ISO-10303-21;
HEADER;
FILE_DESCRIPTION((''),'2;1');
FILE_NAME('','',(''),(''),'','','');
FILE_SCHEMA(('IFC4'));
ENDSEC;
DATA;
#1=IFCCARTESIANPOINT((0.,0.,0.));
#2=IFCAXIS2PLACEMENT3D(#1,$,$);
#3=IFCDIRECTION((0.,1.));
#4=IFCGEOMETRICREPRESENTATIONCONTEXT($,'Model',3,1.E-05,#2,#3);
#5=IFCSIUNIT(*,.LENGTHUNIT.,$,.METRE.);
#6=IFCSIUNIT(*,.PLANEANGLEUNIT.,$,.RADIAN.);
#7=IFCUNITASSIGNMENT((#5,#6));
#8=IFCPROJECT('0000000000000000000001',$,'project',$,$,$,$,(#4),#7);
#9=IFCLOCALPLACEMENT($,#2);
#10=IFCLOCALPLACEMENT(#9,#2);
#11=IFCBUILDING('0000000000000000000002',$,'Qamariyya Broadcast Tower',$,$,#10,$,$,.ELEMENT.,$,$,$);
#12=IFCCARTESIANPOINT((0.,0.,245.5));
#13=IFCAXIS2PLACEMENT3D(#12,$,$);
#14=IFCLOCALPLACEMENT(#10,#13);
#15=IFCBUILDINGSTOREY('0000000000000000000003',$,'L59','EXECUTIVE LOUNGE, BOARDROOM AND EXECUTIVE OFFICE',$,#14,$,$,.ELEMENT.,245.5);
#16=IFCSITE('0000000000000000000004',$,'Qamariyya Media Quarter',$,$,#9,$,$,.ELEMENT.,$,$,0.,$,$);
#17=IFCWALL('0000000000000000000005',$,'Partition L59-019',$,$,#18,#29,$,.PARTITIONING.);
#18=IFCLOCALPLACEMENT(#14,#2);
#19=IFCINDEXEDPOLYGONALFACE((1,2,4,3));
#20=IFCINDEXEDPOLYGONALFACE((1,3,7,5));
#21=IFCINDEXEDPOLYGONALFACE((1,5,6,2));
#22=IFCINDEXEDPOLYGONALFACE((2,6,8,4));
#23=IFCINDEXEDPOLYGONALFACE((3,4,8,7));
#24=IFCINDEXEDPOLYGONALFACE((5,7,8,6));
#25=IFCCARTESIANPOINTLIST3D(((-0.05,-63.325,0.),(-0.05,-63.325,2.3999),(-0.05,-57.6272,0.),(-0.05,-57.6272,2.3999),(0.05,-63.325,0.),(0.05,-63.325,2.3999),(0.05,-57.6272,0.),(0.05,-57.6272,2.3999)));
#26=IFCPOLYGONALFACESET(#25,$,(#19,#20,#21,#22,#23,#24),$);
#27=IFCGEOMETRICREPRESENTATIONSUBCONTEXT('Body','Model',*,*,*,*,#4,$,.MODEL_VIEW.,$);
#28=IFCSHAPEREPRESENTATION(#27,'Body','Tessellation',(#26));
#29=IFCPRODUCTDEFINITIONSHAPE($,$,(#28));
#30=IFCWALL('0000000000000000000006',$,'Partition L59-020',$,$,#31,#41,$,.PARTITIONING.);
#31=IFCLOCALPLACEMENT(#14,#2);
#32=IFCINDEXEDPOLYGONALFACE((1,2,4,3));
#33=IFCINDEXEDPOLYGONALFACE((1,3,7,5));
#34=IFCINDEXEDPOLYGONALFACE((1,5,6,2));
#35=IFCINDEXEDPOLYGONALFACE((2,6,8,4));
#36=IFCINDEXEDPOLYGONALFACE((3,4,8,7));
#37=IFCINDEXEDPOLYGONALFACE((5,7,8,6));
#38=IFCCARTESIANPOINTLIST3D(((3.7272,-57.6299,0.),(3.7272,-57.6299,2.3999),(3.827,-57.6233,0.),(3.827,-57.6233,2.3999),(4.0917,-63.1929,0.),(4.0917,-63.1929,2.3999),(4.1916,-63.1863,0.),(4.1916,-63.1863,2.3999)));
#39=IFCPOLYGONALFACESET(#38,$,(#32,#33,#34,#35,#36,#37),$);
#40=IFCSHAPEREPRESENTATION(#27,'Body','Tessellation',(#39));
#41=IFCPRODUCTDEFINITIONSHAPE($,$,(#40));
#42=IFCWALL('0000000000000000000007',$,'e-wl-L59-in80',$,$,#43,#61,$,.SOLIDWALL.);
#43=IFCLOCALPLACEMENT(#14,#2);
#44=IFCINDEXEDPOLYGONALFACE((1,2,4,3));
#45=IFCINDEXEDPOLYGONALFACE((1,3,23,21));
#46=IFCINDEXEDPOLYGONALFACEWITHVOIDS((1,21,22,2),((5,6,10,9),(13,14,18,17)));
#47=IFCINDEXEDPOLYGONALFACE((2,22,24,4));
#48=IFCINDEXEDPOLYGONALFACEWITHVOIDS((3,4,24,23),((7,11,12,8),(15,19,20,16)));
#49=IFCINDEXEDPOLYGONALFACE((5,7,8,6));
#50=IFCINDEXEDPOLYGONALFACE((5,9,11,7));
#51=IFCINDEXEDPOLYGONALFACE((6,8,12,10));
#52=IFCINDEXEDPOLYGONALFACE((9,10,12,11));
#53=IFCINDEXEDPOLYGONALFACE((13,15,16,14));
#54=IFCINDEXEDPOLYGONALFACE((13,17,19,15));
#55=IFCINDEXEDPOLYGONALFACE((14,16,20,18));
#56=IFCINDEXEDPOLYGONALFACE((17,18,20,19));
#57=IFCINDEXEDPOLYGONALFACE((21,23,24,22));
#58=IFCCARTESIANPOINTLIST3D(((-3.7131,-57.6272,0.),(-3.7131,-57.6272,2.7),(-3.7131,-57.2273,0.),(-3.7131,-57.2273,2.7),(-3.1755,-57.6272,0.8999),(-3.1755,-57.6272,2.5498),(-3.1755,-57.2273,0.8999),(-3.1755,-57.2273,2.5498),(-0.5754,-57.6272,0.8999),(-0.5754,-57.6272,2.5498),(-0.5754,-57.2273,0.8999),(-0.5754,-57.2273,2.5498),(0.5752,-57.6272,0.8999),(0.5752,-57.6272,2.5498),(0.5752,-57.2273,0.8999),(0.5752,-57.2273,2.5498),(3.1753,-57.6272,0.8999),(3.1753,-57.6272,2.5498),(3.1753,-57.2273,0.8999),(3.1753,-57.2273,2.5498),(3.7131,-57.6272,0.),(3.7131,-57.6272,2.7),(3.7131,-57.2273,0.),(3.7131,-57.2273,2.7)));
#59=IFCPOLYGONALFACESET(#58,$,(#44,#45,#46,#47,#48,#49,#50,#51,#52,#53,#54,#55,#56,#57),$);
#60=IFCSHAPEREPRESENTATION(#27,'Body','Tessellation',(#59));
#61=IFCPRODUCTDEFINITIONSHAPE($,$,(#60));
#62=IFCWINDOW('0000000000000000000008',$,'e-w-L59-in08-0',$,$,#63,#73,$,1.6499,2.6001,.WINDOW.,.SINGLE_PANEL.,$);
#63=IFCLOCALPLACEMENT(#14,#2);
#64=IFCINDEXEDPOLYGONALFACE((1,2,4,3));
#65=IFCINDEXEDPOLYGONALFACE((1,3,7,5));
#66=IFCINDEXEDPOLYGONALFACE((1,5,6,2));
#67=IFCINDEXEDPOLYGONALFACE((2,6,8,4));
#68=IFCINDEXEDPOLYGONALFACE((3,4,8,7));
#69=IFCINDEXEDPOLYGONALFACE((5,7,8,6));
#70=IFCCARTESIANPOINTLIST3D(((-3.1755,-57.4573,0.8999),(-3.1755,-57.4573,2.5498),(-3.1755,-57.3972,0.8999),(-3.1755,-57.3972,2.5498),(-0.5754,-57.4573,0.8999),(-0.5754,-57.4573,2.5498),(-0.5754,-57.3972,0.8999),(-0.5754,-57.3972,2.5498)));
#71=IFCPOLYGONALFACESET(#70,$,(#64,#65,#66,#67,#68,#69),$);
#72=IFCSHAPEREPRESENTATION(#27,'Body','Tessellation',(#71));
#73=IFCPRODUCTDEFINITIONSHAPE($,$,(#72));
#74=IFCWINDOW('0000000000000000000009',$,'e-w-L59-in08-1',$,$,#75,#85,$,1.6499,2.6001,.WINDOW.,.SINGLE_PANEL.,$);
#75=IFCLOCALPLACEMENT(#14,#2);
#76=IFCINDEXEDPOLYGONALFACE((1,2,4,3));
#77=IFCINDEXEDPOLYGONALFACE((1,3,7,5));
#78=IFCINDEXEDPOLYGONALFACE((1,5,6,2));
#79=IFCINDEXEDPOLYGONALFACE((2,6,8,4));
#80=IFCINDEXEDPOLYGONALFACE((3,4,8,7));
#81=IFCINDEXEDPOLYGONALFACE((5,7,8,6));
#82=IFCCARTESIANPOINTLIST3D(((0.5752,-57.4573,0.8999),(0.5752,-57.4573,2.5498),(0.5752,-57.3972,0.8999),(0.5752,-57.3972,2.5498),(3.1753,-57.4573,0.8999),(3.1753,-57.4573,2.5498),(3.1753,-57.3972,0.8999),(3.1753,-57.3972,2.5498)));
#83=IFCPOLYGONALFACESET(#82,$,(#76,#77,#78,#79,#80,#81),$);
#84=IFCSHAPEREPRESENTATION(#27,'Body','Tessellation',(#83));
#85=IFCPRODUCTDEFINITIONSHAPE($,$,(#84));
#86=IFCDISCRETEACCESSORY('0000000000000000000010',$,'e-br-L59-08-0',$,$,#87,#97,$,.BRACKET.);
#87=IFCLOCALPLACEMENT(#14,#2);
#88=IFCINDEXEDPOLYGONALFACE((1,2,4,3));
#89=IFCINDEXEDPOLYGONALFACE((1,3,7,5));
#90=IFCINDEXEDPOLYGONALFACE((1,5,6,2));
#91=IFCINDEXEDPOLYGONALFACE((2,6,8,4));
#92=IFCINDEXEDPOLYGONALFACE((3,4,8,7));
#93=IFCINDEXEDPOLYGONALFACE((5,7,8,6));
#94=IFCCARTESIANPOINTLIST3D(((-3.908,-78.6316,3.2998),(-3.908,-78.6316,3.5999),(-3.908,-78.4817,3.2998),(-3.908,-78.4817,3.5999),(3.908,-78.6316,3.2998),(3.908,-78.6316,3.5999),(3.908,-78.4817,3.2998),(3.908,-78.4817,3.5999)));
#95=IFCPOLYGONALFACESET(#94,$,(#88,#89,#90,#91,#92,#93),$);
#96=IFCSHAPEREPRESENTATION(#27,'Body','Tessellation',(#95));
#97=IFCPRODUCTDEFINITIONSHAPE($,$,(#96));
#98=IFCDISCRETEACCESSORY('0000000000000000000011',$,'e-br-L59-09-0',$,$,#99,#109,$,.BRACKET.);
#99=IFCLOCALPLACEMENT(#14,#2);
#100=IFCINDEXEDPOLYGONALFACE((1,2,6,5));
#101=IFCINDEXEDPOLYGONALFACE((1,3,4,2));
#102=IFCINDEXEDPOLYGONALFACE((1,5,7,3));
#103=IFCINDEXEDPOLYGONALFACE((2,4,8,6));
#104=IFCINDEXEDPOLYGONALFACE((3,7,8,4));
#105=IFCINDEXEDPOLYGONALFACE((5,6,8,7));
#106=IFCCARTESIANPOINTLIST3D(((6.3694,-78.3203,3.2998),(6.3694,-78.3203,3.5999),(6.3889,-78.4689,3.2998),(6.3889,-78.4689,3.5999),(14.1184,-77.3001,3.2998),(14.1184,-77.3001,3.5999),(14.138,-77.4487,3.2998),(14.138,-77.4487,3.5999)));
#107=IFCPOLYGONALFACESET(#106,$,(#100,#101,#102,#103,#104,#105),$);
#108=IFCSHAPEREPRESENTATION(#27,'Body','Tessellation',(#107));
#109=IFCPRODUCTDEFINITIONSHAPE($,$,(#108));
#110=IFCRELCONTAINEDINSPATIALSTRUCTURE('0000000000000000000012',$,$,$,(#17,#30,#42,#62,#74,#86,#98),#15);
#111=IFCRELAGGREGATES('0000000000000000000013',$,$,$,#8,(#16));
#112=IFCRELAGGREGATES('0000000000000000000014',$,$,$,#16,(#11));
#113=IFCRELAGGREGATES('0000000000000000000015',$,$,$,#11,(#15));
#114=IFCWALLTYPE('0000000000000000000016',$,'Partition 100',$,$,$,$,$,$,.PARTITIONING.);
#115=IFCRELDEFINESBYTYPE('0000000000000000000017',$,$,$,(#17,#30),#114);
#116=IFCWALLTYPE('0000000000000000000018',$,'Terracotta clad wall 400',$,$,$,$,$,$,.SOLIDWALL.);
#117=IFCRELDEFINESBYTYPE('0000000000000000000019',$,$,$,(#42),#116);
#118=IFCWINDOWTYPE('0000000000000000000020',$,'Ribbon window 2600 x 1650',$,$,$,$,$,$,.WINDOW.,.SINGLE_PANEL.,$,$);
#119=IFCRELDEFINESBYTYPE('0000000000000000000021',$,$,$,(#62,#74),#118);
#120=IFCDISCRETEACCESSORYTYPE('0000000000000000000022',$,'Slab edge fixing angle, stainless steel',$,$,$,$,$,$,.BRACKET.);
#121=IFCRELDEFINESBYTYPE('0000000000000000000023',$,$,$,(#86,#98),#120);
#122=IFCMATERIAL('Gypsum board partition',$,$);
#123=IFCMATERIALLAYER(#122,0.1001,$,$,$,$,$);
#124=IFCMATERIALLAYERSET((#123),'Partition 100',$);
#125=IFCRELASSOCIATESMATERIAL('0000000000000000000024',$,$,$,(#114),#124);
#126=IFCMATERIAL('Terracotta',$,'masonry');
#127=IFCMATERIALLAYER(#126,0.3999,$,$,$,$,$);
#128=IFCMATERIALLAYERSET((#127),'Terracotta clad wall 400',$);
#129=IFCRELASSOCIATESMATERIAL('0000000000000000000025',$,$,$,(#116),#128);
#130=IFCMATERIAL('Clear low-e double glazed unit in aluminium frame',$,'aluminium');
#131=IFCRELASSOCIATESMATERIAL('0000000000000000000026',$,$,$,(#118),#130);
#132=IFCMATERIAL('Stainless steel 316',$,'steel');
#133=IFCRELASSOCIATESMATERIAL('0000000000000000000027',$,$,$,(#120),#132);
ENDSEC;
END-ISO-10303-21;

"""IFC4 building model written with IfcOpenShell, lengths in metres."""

from ifc_helpers import new_model, si_unit, direction, frame, frame_2d, origin, origin_2d, place, context, subcontext, project, spatial, rectangle, extrude, material, layer, layer_set, type_object, element, fill, save


model = new_model("IFC4")

# Units and contexts
model_context = context("Model", 3, precision=1e-05, world=origin(), true_north=direction((0.0, 1.0)))
body_context = subcontext(model_context, "Body", "Model", "MODEL_VIEW")
ifc_project = project(units=[si_unit("LENGTHUNIT", "METRE"), si_unit("PLANEANGLEUNIT", "RADIAN")], contexts=[model_context])

# Site, building, storey
site_placement = place(None, origin())
site = spatial("IfcSite", under=ifc_project, at=site_placement, Name="Qamariyya Media Quarter", CompositionType="ELEMENT", RefElevation=0.0)
building_placement = place(site_placement, origin())
building = spatial("IfcBuilding", under=site, at=building_placement, Name="Qamariyya Broadcast Tower", CompositionType="ELEMENT")
storey_placement = place(building_placement, frame((0.0, 0.0, 245.5)))
storey = spatial("IfcBuildingStorey", under=building, at=storey_placement, Name="L59", Description="EXECUTIVE LOUNGE, BOARDROOM AND EXECUTIVE OFFICE", CompositionType="ELEMENT", Elevation=245.5)

# Shared definitions
ifc_material_1 = material(Name="Gypsum board partition")

# Walls
ifc_layer_1 = layer(ifc_material_1, 0.1001)
ifc_layer_set_1 = layer_set([ifc_layer_1], Name="Partition 100")
wall_type_1 = type_object("IfcWallType", Name="Partition 100", PredefinedType="PARTITIONING", material=ifc_layer_set_1)
wall_1_placement = place(storey_placement, frame((0.0, -57.6272, 0.0), z_axis=(0.0, 0.0, 1.0), x_axis=(0.0, -1.0, 0.0)))
element("IfcWall", 1, at=wall_1_placement, inside=storey, type_object=wall_type_1, Name="Partition L59-019", PredefinedType="PARTITIONING", context=body_context, shape_type="SweptSolid", body=[
    extrude(rectangle(XDim=5.6978, YDim=0.1001, at=frame_2d((2.8489, 0.0))), origin(), (0.0, 0.0, 1.0), 2.3999),
])
wall_2_placement = place(storey_placement, frame((3.7771, -57.6265, 0.0), z_axis=(0.0, 0.0, 1.0), x_axis=(0.065382, -0.99786, 0.0)))
element("IfcWall", 2, at=wall_2_placement, inside=storey, type_object=wall_type_1, Name="Partition L59-020", PredefinedType="PARTITIONING", context=body_context, shape_type="SweptSolid", body=[
    extrude(rectangle(XDim=5.575, YDim=0.1001, at=frame_2d((2.7876, 0.0))), origin(), (0.0, 0.0, 1.0), 2.3999),
])

# Wall, openings, windows
ifc_material_2 = material(Name="Terracotta", Category="masonry")
ifc_layer_2 = layer(ifc_material_2, 0.3999)
ifc_layer_set_2 = layer_set([ifc_layer_2], Name="Terracotta clad wall 400")
wall_type_2 = type_object("IfcWallType", Name="Terracotta clad wall 400", PredefinedType="SOLIDWALL", material=ifc_layer_set_2)
wall_3_placement = place(storey_placement, frame((3.7131, -57.4272, 0.0), z_axis=(0.0, 0.0, 1.0), x_axis=(-1.0, 0.0, 0.0)))
wall_3 = element("IfcWall", 3, at=wall_3_placement, inside=storey, type_object=wall_type_2, Name="e-wl-L59-in80", PredefinedType="SOLIDWALL", context=body_context, shape_type="SweptSolid", body=[
    extrude(rectangle(XDim=7.4263, YDim=0.3999, at=frame_2d((3.7131, 0.0))), origin(), (0.0, 0.0, 1.0), 2.7),
])
opening_1_placement = place(wall_3_placement, frame((4.2886, 0.0, 0.8999)))
opening_1 = element("IfcOpeningElement", 4, at=opening_1_placement, cuts=wall_3, PredefinedType="OPENING", context=body_context, shape_type="SweptSolid", body=[
    extrude(rectangle(XDim=2.6001, YDim=1.6499, at=frame_2d((1.3, 0.825))), frame((0.0, 0.21, 0.0), z_axis=(0.0, -1.0, 0.0), x_axis=(1.0, 0.0, 0.0)), (0.0, 0.0, 1.0), 0.4199),
])
opening_2_placement = place(wall_3_placement, frame((0.5378, 0.0, 0.8999)))
opening_2 = element("IfcOpeningElement", 5, at=opening_2_placement, cuts=wall_3, PredefinedType="OPENING", context=body_context, shape_type="SweptSolid", body=[
    extrude(rectangle(XDim=2.6001, YDim=1.6499, at=frame_2d((1.3, 0.825))), frame((0.0, 0.21, 0.0), z_axis=(0.0, -1.0, 0.0), x_axis=(1.0, 0.0, 0.0)), (0.0, 0.0, 1.0), 0.4199),
])
ifc_material_3 = material(Name="Clear low-e double glazed unit in aluminium frame", Category="aluminium")
window_type = type_object("IfcWindowType", Name="Ribbon window 2600 x 1650", PartitioningType="SINGLE_PANEL", PredefinedType="WINDOW", material=ifc_material_3)
window_1_placement = place(opening_1_placement, origin())
window_1 = element("IfcWindow", 6, at=window_1_placement, inside=storey, type_object=window_type, Name="e-w-L59-in08-0", OverallHeight=1.6499, OverallWidth=2.6001, PartitioningType="SINGLE_PANEL", PredefinedType="WINDOW", context=body_context, shape_type="SweptSolid", body=[
    extrude(rectangle(XDim=2.6001, YDim=1.6499, at=frame_2d((1.3, 0.825))), frame((0.0, 0.03, 0.0), z_axis=(0.0, -1.0, 0.0), x_axis=(1.0, 0.0, 0.0)), (0.0, 0.0, 1.0), 0.0601),
])
fill(opening_1, window_1)
window_2_placement = place(opening_2_placement, origin())
window_2 = element("IfcWindow", 7, at=window_2_placement, inside=storey, type_object=window_type, Name="e-w-L59-in08-1", OverallHeight=1.6499, OverallWidth=2.6001, PartitioningType="SINGLE_PANEL", PredefinedType="WINDOW", context=body_context, shape_type="SweptSolid", body=[
    extrude(rectangle(XDim=2.6001, YDim=1.6499, at=frame_2d((1.3, 0.825))), frame((0.0, 0.03, 0.0), z_axis=(0.0, -1.0, 0.0), x_axis=(1.0, 0.0, 0.0)), (0.0, 0.0, 1.0), 0.0601),
])
fill(opening_2, window_2)

# Discrete accessories
ifc_material_4 = material(Name="Stainless steel 316", Category="steel")
discrete_accessory_type = type_object("IfcDiscreteAccessoryType", Name="Slab edge fixing angle, stainless steel", PredefinedType="BRACKET", material=ifc_material_4)
for number, where, z_axis, x_axis, name in (
    (8, (0.0, -78.5566, 3.2998), (0.0, 0.0, 1.0), (1.0, 0.0, 0.0), "e-br-L59-08-0"),
    (9, (10.2537, -77.8845, 3.2998), (0.0, 0.0, 1.0), (0.991445, 0.130526, 0.0), "e-br-L59-09-0"),
):
    element("IfcDiscreteAccessory", number, at=place(storey_placement, frame(where, z_axis=z_axis, x_axis=x_axis)), inside=storey, type_object=discrete_accessory_type, Name=name, PredefinedType="BRACKET", context=body_context, shape_type="SweptSolid", body=[
        extrude(rectangle(XDim=7.8159, YDim=0.1499, at=origin_2d()), origin(), (0.0, 0.0, 1.0), 0.3),
    ])

save(model, "model.ifc")
